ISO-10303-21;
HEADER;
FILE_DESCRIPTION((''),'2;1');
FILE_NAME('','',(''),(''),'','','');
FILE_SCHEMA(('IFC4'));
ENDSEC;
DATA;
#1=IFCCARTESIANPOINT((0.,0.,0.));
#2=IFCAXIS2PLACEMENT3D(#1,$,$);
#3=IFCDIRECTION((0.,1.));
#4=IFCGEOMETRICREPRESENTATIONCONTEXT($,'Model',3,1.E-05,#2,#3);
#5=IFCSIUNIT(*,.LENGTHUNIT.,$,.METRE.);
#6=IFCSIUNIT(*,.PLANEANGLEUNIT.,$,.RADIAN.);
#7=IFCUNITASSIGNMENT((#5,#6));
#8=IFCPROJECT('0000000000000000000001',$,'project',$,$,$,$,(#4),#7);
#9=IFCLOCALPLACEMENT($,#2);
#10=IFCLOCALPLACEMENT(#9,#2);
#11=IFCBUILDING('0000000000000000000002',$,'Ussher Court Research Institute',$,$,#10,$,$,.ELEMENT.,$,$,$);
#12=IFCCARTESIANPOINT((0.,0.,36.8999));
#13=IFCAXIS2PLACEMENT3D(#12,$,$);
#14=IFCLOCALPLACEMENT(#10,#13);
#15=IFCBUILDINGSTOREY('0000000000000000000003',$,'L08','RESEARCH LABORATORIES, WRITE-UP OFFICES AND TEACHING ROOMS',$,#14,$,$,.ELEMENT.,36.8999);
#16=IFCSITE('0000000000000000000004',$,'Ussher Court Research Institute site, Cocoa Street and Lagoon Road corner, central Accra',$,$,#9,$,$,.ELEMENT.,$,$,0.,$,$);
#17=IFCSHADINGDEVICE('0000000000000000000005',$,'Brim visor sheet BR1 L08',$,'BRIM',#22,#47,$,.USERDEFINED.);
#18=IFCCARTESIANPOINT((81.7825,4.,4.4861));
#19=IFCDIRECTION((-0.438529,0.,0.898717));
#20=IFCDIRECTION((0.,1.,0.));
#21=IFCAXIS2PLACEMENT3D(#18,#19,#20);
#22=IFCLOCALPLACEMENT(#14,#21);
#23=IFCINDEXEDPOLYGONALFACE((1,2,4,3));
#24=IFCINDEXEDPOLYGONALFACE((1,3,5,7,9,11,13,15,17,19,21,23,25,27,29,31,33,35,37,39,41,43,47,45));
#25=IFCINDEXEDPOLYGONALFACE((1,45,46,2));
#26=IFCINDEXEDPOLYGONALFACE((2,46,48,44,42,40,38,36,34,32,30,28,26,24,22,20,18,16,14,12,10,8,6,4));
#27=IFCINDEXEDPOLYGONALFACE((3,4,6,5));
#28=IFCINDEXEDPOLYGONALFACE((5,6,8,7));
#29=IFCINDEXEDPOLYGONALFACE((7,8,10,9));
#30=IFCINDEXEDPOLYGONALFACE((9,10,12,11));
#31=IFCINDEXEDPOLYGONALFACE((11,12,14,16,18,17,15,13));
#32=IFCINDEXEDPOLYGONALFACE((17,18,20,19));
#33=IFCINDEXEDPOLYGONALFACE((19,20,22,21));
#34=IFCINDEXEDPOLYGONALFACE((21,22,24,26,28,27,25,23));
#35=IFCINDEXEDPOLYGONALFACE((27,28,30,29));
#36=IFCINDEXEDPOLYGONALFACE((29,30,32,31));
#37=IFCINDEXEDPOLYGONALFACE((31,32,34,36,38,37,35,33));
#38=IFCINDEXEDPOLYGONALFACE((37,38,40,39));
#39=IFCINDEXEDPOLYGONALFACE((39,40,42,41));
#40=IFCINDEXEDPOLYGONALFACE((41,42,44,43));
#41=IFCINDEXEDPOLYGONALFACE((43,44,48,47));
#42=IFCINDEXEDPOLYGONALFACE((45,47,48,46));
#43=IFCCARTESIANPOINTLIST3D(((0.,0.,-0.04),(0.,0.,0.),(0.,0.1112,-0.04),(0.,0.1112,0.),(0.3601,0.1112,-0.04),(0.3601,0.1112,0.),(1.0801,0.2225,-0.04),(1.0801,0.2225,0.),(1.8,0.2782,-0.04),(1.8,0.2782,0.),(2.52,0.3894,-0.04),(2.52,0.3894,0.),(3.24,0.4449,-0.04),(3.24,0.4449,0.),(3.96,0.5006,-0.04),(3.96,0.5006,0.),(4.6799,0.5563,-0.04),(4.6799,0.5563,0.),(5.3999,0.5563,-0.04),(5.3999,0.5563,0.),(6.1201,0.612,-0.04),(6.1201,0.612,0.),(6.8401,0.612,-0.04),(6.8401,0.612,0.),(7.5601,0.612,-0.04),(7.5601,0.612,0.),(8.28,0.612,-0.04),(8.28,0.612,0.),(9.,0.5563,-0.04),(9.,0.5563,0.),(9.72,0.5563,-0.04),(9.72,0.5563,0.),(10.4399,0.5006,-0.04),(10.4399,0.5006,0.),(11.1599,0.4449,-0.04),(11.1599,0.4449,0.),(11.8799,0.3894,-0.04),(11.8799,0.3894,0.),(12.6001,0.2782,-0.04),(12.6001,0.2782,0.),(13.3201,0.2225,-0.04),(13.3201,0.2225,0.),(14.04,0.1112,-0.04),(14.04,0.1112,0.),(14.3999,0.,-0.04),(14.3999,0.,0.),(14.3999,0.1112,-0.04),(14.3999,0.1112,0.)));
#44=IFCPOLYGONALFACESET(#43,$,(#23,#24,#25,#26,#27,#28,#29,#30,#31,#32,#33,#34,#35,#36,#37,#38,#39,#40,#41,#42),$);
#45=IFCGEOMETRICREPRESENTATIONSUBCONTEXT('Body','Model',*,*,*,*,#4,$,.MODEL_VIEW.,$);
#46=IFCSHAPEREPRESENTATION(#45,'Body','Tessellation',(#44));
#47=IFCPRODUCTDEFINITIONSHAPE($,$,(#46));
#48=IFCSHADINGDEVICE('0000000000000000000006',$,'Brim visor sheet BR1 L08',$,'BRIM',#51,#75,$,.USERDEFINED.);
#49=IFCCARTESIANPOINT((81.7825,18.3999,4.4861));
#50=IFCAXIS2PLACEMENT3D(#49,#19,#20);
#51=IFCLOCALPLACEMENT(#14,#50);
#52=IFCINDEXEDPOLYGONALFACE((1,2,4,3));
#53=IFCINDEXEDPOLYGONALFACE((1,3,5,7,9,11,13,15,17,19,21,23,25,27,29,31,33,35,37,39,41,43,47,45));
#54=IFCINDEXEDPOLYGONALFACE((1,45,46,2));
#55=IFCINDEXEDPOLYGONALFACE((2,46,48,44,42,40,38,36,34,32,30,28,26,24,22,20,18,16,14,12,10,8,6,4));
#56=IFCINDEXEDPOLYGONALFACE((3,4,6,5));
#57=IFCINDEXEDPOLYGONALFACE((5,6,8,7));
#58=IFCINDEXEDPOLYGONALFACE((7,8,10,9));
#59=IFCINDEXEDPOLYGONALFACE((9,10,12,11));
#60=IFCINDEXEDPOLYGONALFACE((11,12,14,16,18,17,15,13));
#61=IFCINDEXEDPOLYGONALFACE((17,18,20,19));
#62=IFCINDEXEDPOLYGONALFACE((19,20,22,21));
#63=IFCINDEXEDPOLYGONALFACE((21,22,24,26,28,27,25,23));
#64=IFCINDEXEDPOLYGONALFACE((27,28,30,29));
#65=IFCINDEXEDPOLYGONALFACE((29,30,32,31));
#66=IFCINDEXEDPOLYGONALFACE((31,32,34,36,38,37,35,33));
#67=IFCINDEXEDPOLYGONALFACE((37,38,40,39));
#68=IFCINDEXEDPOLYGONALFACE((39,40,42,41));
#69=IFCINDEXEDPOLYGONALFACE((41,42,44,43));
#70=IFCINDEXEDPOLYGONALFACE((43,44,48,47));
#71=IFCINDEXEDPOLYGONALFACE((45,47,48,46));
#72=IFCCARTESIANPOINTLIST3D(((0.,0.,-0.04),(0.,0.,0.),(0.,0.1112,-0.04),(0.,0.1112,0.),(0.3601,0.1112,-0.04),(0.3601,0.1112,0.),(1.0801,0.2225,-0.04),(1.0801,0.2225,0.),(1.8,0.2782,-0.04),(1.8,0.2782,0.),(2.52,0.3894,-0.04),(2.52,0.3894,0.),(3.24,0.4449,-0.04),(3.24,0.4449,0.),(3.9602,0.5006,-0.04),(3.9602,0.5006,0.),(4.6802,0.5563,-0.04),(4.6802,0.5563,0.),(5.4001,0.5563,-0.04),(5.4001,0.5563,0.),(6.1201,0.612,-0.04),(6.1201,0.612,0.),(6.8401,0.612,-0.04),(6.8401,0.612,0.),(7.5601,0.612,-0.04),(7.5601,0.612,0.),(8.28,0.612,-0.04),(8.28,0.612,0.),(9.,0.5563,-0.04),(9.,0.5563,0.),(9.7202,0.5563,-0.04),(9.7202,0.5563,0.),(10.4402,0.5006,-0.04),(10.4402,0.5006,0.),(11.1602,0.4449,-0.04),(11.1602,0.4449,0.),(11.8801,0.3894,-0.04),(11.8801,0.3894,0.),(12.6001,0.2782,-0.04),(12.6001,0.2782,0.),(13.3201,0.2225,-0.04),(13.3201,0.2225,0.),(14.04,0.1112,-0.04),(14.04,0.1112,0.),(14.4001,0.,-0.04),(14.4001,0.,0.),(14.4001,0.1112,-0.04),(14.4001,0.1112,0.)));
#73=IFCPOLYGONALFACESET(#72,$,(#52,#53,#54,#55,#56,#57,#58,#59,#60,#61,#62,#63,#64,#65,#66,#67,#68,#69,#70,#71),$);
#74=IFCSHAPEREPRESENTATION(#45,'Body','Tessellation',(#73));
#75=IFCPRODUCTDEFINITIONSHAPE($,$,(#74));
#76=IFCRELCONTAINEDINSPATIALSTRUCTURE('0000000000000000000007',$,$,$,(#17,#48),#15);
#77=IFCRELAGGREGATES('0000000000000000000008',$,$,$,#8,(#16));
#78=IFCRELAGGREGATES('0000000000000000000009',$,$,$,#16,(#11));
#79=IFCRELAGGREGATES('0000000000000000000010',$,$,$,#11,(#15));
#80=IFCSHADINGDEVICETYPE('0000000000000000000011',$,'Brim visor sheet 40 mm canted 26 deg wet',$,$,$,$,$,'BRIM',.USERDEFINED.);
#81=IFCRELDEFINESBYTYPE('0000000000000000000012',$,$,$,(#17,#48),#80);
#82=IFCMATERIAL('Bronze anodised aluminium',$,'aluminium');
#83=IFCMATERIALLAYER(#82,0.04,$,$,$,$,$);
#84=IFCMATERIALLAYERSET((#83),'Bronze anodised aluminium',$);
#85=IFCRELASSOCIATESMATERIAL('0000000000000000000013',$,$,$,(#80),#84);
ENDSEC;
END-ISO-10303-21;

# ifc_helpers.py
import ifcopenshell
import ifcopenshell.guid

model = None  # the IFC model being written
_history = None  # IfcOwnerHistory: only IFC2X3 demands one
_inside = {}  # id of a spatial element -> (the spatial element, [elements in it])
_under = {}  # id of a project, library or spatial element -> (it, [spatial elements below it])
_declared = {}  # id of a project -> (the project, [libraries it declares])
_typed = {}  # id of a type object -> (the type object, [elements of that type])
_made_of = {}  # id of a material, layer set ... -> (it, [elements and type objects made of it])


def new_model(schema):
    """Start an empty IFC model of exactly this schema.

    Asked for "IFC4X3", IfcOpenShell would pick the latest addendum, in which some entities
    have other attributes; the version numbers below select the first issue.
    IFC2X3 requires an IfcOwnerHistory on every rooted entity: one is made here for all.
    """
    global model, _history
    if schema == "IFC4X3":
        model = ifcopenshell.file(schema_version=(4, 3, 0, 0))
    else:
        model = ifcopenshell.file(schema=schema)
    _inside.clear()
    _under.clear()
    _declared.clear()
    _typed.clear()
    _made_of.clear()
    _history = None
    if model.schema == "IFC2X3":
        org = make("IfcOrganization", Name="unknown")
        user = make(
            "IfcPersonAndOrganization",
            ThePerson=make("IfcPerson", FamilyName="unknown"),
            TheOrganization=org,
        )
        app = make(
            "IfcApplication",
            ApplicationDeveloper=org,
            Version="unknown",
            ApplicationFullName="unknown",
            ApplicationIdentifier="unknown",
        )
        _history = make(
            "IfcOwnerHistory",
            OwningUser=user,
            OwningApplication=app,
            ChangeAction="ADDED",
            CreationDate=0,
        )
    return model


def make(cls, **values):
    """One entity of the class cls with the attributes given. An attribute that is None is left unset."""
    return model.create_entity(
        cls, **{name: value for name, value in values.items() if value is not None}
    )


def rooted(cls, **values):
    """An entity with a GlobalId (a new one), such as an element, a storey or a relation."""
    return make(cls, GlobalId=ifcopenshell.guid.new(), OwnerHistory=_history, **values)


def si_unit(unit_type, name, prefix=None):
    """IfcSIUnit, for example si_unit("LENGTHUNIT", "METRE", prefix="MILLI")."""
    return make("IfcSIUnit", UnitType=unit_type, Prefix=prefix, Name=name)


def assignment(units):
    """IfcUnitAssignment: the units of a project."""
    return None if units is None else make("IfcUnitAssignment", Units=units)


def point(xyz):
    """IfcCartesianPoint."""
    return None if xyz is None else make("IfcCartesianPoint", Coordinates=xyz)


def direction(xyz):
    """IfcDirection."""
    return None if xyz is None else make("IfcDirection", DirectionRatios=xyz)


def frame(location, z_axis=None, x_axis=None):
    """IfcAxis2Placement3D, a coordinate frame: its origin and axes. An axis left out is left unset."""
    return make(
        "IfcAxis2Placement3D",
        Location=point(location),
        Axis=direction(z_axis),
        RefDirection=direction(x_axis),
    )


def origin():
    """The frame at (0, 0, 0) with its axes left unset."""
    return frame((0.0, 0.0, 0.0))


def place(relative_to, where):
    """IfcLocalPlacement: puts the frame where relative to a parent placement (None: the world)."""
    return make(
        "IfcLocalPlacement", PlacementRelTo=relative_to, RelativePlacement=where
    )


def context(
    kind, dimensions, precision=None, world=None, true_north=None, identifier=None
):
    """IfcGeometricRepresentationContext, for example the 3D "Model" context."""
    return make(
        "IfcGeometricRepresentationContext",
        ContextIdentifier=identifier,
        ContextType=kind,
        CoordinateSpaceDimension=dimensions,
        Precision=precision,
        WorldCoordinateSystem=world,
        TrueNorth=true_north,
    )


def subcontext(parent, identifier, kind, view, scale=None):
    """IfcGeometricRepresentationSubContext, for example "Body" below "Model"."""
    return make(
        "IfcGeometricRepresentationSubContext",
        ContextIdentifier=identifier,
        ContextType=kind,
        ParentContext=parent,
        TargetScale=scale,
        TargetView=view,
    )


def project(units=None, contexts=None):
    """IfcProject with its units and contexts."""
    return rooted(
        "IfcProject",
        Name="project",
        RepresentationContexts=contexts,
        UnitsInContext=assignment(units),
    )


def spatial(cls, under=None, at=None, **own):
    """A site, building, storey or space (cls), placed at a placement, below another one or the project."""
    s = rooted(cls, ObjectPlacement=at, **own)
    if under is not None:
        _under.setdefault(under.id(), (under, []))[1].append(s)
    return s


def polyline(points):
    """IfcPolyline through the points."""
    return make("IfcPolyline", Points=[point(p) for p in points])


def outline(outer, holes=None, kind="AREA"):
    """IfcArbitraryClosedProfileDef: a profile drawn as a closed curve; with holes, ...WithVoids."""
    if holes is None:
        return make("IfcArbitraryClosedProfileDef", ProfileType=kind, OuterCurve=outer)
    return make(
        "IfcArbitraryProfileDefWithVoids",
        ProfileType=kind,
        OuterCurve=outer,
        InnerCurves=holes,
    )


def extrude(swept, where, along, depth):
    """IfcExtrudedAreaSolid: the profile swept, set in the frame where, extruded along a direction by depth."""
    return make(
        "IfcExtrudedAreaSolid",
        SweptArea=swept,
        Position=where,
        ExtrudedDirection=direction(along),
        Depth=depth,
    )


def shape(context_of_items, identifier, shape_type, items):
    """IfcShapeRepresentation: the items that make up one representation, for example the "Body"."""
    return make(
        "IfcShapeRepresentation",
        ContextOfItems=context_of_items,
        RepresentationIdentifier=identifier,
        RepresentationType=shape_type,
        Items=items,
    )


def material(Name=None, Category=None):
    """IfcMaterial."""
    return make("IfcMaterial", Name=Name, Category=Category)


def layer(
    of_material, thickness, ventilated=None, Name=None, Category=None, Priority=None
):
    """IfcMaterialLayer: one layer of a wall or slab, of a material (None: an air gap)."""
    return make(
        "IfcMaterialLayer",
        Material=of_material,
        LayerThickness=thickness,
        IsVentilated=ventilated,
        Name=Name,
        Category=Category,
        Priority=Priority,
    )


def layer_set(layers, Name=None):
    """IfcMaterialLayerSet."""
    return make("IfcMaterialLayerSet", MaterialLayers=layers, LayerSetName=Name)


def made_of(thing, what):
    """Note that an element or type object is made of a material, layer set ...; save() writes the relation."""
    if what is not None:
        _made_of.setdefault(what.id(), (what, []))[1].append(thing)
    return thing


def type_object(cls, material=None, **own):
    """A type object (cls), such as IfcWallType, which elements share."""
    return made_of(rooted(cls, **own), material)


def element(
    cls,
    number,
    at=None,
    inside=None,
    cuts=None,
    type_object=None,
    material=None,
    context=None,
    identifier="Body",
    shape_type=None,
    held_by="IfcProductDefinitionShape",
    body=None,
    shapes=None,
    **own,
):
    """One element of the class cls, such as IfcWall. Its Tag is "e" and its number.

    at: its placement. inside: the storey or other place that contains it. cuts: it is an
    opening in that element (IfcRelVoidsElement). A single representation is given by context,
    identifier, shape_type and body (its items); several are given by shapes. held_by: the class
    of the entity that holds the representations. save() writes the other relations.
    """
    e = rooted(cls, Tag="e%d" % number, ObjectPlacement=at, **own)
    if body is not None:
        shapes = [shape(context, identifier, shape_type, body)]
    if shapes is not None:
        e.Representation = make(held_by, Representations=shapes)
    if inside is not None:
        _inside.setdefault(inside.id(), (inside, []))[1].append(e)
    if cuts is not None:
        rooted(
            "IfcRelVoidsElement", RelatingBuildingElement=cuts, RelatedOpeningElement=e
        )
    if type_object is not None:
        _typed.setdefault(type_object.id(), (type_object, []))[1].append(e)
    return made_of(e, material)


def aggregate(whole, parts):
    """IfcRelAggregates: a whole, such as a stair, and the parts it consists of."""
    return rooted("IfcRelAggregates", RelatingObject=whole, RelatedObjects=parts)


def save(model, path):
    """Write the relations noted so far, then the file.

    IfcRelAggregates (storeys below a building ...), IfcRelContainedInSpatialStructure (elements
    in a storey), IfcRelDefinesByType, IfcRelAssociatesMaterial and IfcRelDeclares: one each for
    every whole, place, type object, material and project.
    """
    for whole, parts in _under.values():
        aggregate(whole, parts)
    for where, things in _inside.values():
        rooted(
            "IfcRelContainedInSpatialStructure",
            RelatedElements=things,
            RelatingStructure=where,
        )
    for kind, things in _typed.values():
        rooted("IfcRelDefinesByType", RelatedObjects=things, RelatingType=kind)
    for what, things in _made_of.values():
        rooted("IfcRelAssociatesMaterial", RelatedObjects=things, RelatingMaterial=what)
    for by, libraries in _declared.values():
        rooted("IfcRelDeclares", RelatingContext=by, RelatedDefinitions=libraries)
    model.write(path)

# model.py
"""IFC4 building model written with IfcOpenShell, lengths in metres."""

from ifc_helpers import new_model, si_unit, direction, frame, origin, place, context, subcontext, project, spatial, polyline, outline, extrude, material, layer, layer_set, type_object, element, save


model = new_model("IFC4")

# Units and contexts
model_context = context("Model", 3, precision=1e-05, world=origin(), true_north=direction((0.0, 1.0)))
body_context = subcontext(model_context, "Body", "Model", "MODEL_VIEW")
ifc_project = project(units=[si_unit("LENGTHUNIT", "METRE"), si_unit("PLANEANGLEUNIT", "RADIAN")], contexts=[model_context])

# Site, building, storey
site_placement = place(None, origin())
site = spatial("IfcSite", under=ifc_project, at=site_placement, Name="Ussher Court Research Institute site, Cocoa Street and Lagoon Road corner, central Accra", CompositionType="ELEMENT", RefElevation=0.0)
building_placement = place(site_placement, origin())
building = spatial("IfcBuilding", under=site, at=building_placement, Name="Ussher Court Research Institute", CompositionType="ELEMENT")
storey_placement = place(building_placement, frame((0.0, 0.0, 36.8999)))
storey = spatial("IfcBuildingStorey", under=building, at=storey_placement, Name="L08", Description="RESEARCH LABORATORIES, WRITE-UP OFFICES AND TEACHING ROOMS", CompositionType="ELEMENT", Elevation=36.8999)

# Shading devices
ifc_material_1 = material(Name="Bronze anodised aluminium", Category="aluminium")
ifc_layer_1 = layer(ifc_material_1, 0.04)
ifc_layer_set_1 = layer_set([ifc_layer_1], Name="Bronze anodised aluminium")
shading_device_type_1 = type_object("IfcShadingDeviceType", Name="Brim visor sheet 40 mm canted 26 deg wet", ElementType="BRIM", PredefinedType="USERDEFINED", material=ifc_layer_set_1)
shading_device_1_placement = place(storey_placement, frame((81.7825, 4.0, 4.4861), z_axis=(-0.438529, 0.0, 0.898717), x_axis=(0.0, 1.0, 0.0)))
element("IfcShadingDevice", 1, at=shading_device_1_placement, inside=storey, type_object=shading_device_type_1, Name="Brim visor sheet BR1 L08", ObjectType="BRIM", PredefinedType="USERDEFINED", context=body_context, shape_type="SweptSolid", body=[
    extrude(outline(polyline([(0.0, 0.0), (14.3999, 0.0), (14.3999, 0.1112), (14.04, 0.1112), (13.3201, 0.2225), (12.6001, 0.2782), (11.8799, 0.3894), (11.1599, 0.4449), (10.4399, 0.5006), (9.72, 0.5563), (9.0, 0.5563), (8.28, 0.612), (7.5601, 0.612), (6.8401, 0.612), (6.1201, 0.612), (5.3999, 0.5563), (4.6799, 0.5563), (3.96, 0.5006), (3.24, 0.4449), (2.52, 0.3894), (1.8, 0.2782), (1.0801, 0.2225), (0.3601, 0.1112), (0.0, 0.1112), (0.0, 0.0)])), origin(), (0.0, 0.0, -1.0), 0.04),
])
shading_device_2_placement = place(storey_placement, frame((81.7825, 18.3999, 4.4861), z_axis=(-0.438529, 0.0, 0.898717), x_axis=(0.0, 1.0, 0.0)))
element("IfcShadingDevice", 2, at=shading_device_2_placement, inside=storey, type_object=shading_device_type_1, Name="Brim visor sheet BR1 L08", ObjectType="BRIM", PredefinedType="USERDEFINED", context=body_context, shape_type="SweptSolid", body=[
    extrude(outline(polyline([(0.0, 0.0), (14.4001, 0.0), (14.4001, 0.1112), (14.04, 0.1112), (13.3201, 0.2225), (12.6001, 0.2782), (11.8801, 0.3894), (11.1602, 0.4449), (10.4402, 0.5006), (9.7202, 0.5563), (9.0, 0.5563), (8.28, 0.612), (7.5601, 0.612), (6.8401, 0.612), (6.1201, 0.612), (5.4001, 0.5563), (4.6802, 0.5563), (3.9602, 0.5006), (3.24, 0.4449), (2.52, 0.3894), (1.8, 0.2782), (1.0801, 0.2225), (0.3601, 0.1112), (0.0, 0.1112), (0.0, 0.0)])), origin(), (0.0, 0.0, -1.0), 0.04),
])

save(model, "model.ifc")
